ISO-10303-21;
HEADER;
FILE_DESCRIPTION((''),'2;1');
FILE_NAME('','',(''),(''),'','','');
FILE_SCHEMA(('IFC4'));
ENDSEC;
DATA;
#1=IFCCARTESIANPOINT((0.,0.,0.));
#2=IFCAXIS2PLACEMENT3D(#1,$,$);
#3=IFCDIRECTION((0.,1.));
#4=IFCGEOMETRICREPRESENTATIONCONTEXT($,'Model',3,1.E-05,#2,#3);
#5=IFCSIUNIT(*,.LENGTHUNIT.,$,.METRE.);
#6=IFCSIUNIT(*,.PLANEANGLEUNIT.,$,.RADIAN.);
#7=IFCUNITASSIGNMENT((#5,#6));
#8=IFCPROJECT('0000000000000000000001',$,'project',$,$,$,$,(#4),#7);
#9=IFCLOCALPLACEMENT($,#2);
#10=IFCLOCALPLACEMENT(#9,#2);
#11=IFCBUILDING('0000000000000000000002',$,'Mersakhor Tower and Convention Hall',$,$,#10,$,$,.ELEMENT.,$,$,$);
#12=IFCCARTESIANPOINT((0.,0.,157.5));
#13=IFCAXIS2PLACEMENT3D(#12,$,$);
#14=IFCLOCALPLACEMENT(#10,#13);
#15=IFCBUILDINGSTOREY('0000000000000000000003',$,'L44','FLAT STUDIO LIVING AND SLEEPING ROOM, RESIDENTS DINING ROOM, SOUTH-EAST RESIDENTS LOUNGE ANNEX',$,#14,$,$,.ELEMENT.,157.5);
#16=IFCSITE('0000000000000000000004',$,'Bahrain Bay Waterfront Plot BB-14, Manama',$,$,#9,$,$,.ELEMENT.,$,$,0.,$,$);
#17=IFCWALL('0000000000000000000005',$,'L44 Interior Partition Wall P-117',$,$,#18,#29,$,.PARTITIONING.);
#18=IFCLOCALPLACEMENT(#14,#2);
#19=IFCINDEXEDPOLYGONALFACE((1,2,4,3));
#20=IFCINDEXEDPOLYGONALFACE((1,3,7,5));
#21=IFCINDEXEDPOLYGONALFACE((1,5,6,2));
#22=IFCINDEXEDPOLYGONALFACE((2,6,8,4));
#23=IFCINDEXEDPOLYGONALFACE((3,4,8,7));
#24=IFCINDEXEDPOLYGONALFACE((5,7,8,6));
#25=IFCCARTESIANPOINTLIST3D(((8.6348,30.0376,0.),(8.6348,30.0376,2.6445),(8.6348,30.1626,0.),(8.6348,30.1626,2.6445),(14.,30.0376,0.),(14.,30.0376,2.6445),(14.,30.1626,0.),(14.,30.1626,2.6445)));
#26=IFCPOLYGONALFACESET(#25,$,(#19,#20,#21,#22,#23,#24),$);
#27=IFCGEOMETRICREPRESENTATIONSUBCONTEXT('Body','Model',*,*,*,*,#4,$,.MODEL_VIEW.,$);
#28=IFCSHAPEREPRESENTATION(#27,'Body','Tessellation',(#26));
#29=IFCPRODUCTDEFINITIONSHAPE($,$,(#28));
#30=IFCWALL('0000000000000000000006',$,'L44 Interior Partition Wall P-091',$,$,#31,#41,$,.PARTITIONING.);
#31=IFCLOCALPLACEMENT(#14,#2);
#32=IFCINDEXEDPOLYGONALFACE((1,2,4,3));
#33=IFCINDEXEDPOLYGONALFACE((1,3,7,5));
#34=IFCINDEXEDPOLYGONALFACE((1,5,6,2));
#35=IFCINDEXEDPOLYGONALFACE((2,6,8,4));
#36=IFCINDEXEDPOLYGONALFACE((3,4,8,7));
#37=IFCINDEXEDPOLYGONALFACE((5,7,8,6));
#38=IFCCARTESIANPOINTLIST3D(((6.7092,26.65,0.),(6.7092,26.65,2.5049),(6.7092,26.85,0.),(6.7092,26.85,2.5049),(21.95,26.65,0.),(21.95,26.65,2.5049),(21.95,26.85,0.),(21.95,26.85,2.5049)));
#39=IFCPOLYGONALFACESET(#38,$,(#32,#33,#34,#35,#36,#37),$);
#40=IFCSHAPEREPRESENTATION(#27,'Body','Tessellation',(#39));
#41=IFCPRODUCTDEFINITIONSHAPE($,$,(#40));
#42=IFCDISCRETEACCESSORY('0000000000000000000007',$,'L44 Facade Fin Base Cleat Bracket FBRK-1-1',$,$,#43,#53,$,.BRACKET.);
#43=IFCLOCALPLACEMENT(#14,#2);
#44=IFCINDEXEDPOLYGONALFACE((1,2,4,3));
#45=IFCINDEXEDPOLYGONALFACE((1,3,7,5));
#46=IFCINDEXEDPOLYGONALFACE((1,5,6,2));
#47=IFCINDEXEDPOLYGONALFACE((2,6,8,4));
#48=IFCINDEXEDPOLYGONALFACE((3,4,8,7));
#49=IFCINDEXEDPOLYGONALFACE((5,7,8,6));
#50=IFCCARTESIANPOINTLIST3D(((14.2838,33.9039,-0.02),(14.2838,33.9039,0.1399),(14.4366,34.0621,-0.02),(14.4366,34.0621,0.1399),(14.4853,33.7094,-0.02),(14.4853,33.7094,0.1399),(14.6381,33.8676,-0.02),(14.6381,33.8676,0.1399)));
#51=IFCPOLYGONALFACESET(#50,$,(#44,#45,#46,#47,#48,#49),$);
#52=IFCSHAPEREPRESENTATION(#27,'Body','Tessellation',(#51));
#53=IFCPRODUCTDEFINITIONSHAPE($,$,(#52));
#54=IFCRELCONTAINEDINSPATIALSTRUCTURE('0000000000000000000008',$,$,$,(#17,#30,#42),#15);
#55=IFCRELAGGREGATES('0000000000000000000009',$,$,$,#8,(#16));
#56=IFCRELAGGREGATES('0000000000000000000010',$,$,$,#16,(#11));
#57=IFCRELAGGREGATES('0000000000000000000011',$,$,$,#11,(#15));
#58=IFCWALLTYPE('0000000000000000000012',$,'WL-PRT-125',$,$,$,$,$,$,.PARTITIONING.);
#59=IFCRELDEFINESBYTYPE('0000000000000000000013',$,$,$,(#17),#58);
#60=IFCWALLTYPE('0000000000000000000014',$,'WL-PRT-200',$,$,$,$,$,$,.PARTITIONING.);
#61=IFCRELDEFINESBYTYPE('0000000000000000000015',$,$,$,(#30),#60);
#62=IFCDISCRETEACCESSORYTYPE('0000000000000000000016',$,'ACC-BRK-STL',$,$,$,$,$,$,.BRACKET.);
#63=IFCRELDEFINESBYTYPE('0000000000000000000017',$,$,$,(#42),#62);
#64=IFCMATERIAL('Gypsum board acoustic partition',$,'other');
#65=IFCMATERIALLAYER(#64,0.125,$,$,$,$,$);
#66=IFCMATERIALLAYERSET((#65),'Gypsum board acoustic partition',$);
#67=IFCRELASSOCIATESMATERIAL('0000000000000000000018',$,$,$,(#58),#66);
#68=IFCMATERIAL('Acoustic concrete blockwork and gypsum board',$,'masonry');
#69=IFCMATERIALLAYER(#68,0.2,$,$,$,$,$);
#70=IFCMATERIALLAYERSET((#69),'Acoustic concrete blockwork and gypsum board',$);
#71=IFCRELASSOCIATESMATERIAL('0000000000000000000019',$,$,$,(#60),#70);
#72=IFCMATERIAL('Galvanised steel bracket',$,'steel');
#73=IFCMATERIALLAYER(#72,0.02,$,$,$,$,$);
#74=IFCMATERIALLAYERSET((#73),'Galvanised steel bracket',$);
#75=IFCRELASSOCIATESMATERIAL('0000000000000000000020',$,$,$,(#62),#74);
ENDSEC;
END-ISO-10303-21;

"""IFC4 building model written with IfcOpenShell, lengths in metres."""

from ifc_helpers import new_model, si_unit, direction, frame, frame_2d, origin, origin_2d, place, context, subcontext, project, spatial, rectangle, extrude, material, layer, layer_set, type_object, element, save


model = new_model("IFC4")

# Units and contexts
model_context = context("Model", 3, precision=1e-05, world=origin(), true_north=direction((0.0, 1.0)))
body_context = subcontext(model_context, "Body", "Model", "MODEL_VIEW")
ifc_project = project(units=[si_unit("LENGTHUNIT", "METRE"), si_unit("PLANEANGLEUNIT", "RADIAN")], contexts=[model_context])

# Site, building, storey
site_placement = place(None, origin())
site = spatial("IfcSite", under=ifc_project, at=site_placement, Name="Bahrain Bay Waterfront Plot BB-14, Manama", CompositionType="ELEMENT", RefElevation=0.0)
building_placement = place(site_placement, origin())
building = spatial("IfcBuilding", under=site, at=building_placement, Name="Mersakhor Tower and Convention Hall", CompositionType="ELEMENT")
storey_placement = place(building_placement, frame((0.0, 0.0, 157.5)))
storey = spatial("IfcBuildingStorey", under=building, at=storey_placement, Name="L44", Description="FLAT STUDIO LIVING AND SLEEPING ROOM, RESIDENTS DINING ROOM, SOUTH-EAST RESIDENTS LOUNGE ANNEX", CompositionType="ELEMENT", Elevation=157.5)

# Shared definitions
ifc_material_1 = material(Name="Gypsum board acoustic partition", Category="other")
ifc_layer_1 = layer(ifc_material_1, 0.125)
ifc_layer_set_1 = layer_set([ifc_layer_1], Name="Gypsum board acoustic partition")
wall_type_1 = type_object("IfcWallType", Name="WL-PRT-125", PredefinedType="PARTITIONING", material=ifc_layer_set_1)

# Walls
wall_1_placement = place(storey_placement, frame((8.6348, 30.1001, 0.0), z_axis=(0.0, 0.0, 1.0), x_axis=(1.0, 0.0, 0.0)))
element("IfcWall", 1, at=wall_1_placement, inside=storey, type_object=wall_type_1, Name="L44 Interior Partition Wall P-117", PredefinedType="PARTITIONING", context=body_context, shape_type="SweptSolid", body=[
    extrude(rectangle(XDim=5.3652, YDim=0.125, at=frame_2d((2.6826, 0.0))), origin(), (0.0, 0.0, 1.0), 2.6445),
])
ifc_material_2 = material(Name="Acoustic concrete blockwork and gypsum board", Category="masonry")
ifc_layer_2 = layer(ifc_material_2, 0.2)
ifc_layer_set_2 = layer_set([ifc_layer_2], Name="Acoustic concrete blockwork and gypsum board")
wall_type_2 = type_object("IfcWallType", Name="WL-PRT-200", PredefinedType="PARTITIONING", material=ifc_layer_set_2)
wall_2_placement = place(storey_placement, frame((6.7092, 26.75, 0.0), z_axis=(0.0, 0.0, 1.0), x_axis=(1.0, 0.0, 0.0)))
element("IfcWall", 2, at=wall_2_placement, inside=storey, type_object=wall_type_2, Name="L44 Interior Partition Wall P-091", PredefinedType="PARTITIONING", context=body_context, shape_type="SweptSolid", body=[
    extrude(rectangle(XDim=15.2407, YDim=0.2, at=frame_2d((7.6204, 0.0))), origin(), (0.0, 0.0, 1.0), 2.5049),
])

# Discrete accessory
ifc_material_3 = material(Name="Galvanised steel bracket", Category="steel")
ifc_layer_3 = layer(ifc_material_3, 0.02)
ifc_layer_set_3 = layer_set([ifc_layer_3], Name="Galvanised steel bracket")
discrete_accessory_type = type_object("IfcDiscreteAccessoryType", Name="ACC-BRK-STL", PredefinedType="BRACKET", material=ifc_layer_set_3)
discrete_accessory_placement = place(storey_placement, frame((14.4609, 33.8857, -0.02), z_axis=(0.0, 0.0, 1.0), x_axis=(-0.71934, 0.694658, 0.0)))
element("IfcDiscreteAccessory", 3, at=discrete_accessory_placement, inside=storey, type_object=discrete_accessory_type, Name="L44 Facade Fin Base Cleat Bracket FBRK-1-1", PredefinedType="BRACKET", context=body_context, shape_type="SweptSolid", body=[
    extrude(rectangle(XDim=0.28, YDim=0.22, at=origin_2d()), origin(), (0.0, 0.0, 1.0), 0.1599),
])

save(model, "model.ifc")
